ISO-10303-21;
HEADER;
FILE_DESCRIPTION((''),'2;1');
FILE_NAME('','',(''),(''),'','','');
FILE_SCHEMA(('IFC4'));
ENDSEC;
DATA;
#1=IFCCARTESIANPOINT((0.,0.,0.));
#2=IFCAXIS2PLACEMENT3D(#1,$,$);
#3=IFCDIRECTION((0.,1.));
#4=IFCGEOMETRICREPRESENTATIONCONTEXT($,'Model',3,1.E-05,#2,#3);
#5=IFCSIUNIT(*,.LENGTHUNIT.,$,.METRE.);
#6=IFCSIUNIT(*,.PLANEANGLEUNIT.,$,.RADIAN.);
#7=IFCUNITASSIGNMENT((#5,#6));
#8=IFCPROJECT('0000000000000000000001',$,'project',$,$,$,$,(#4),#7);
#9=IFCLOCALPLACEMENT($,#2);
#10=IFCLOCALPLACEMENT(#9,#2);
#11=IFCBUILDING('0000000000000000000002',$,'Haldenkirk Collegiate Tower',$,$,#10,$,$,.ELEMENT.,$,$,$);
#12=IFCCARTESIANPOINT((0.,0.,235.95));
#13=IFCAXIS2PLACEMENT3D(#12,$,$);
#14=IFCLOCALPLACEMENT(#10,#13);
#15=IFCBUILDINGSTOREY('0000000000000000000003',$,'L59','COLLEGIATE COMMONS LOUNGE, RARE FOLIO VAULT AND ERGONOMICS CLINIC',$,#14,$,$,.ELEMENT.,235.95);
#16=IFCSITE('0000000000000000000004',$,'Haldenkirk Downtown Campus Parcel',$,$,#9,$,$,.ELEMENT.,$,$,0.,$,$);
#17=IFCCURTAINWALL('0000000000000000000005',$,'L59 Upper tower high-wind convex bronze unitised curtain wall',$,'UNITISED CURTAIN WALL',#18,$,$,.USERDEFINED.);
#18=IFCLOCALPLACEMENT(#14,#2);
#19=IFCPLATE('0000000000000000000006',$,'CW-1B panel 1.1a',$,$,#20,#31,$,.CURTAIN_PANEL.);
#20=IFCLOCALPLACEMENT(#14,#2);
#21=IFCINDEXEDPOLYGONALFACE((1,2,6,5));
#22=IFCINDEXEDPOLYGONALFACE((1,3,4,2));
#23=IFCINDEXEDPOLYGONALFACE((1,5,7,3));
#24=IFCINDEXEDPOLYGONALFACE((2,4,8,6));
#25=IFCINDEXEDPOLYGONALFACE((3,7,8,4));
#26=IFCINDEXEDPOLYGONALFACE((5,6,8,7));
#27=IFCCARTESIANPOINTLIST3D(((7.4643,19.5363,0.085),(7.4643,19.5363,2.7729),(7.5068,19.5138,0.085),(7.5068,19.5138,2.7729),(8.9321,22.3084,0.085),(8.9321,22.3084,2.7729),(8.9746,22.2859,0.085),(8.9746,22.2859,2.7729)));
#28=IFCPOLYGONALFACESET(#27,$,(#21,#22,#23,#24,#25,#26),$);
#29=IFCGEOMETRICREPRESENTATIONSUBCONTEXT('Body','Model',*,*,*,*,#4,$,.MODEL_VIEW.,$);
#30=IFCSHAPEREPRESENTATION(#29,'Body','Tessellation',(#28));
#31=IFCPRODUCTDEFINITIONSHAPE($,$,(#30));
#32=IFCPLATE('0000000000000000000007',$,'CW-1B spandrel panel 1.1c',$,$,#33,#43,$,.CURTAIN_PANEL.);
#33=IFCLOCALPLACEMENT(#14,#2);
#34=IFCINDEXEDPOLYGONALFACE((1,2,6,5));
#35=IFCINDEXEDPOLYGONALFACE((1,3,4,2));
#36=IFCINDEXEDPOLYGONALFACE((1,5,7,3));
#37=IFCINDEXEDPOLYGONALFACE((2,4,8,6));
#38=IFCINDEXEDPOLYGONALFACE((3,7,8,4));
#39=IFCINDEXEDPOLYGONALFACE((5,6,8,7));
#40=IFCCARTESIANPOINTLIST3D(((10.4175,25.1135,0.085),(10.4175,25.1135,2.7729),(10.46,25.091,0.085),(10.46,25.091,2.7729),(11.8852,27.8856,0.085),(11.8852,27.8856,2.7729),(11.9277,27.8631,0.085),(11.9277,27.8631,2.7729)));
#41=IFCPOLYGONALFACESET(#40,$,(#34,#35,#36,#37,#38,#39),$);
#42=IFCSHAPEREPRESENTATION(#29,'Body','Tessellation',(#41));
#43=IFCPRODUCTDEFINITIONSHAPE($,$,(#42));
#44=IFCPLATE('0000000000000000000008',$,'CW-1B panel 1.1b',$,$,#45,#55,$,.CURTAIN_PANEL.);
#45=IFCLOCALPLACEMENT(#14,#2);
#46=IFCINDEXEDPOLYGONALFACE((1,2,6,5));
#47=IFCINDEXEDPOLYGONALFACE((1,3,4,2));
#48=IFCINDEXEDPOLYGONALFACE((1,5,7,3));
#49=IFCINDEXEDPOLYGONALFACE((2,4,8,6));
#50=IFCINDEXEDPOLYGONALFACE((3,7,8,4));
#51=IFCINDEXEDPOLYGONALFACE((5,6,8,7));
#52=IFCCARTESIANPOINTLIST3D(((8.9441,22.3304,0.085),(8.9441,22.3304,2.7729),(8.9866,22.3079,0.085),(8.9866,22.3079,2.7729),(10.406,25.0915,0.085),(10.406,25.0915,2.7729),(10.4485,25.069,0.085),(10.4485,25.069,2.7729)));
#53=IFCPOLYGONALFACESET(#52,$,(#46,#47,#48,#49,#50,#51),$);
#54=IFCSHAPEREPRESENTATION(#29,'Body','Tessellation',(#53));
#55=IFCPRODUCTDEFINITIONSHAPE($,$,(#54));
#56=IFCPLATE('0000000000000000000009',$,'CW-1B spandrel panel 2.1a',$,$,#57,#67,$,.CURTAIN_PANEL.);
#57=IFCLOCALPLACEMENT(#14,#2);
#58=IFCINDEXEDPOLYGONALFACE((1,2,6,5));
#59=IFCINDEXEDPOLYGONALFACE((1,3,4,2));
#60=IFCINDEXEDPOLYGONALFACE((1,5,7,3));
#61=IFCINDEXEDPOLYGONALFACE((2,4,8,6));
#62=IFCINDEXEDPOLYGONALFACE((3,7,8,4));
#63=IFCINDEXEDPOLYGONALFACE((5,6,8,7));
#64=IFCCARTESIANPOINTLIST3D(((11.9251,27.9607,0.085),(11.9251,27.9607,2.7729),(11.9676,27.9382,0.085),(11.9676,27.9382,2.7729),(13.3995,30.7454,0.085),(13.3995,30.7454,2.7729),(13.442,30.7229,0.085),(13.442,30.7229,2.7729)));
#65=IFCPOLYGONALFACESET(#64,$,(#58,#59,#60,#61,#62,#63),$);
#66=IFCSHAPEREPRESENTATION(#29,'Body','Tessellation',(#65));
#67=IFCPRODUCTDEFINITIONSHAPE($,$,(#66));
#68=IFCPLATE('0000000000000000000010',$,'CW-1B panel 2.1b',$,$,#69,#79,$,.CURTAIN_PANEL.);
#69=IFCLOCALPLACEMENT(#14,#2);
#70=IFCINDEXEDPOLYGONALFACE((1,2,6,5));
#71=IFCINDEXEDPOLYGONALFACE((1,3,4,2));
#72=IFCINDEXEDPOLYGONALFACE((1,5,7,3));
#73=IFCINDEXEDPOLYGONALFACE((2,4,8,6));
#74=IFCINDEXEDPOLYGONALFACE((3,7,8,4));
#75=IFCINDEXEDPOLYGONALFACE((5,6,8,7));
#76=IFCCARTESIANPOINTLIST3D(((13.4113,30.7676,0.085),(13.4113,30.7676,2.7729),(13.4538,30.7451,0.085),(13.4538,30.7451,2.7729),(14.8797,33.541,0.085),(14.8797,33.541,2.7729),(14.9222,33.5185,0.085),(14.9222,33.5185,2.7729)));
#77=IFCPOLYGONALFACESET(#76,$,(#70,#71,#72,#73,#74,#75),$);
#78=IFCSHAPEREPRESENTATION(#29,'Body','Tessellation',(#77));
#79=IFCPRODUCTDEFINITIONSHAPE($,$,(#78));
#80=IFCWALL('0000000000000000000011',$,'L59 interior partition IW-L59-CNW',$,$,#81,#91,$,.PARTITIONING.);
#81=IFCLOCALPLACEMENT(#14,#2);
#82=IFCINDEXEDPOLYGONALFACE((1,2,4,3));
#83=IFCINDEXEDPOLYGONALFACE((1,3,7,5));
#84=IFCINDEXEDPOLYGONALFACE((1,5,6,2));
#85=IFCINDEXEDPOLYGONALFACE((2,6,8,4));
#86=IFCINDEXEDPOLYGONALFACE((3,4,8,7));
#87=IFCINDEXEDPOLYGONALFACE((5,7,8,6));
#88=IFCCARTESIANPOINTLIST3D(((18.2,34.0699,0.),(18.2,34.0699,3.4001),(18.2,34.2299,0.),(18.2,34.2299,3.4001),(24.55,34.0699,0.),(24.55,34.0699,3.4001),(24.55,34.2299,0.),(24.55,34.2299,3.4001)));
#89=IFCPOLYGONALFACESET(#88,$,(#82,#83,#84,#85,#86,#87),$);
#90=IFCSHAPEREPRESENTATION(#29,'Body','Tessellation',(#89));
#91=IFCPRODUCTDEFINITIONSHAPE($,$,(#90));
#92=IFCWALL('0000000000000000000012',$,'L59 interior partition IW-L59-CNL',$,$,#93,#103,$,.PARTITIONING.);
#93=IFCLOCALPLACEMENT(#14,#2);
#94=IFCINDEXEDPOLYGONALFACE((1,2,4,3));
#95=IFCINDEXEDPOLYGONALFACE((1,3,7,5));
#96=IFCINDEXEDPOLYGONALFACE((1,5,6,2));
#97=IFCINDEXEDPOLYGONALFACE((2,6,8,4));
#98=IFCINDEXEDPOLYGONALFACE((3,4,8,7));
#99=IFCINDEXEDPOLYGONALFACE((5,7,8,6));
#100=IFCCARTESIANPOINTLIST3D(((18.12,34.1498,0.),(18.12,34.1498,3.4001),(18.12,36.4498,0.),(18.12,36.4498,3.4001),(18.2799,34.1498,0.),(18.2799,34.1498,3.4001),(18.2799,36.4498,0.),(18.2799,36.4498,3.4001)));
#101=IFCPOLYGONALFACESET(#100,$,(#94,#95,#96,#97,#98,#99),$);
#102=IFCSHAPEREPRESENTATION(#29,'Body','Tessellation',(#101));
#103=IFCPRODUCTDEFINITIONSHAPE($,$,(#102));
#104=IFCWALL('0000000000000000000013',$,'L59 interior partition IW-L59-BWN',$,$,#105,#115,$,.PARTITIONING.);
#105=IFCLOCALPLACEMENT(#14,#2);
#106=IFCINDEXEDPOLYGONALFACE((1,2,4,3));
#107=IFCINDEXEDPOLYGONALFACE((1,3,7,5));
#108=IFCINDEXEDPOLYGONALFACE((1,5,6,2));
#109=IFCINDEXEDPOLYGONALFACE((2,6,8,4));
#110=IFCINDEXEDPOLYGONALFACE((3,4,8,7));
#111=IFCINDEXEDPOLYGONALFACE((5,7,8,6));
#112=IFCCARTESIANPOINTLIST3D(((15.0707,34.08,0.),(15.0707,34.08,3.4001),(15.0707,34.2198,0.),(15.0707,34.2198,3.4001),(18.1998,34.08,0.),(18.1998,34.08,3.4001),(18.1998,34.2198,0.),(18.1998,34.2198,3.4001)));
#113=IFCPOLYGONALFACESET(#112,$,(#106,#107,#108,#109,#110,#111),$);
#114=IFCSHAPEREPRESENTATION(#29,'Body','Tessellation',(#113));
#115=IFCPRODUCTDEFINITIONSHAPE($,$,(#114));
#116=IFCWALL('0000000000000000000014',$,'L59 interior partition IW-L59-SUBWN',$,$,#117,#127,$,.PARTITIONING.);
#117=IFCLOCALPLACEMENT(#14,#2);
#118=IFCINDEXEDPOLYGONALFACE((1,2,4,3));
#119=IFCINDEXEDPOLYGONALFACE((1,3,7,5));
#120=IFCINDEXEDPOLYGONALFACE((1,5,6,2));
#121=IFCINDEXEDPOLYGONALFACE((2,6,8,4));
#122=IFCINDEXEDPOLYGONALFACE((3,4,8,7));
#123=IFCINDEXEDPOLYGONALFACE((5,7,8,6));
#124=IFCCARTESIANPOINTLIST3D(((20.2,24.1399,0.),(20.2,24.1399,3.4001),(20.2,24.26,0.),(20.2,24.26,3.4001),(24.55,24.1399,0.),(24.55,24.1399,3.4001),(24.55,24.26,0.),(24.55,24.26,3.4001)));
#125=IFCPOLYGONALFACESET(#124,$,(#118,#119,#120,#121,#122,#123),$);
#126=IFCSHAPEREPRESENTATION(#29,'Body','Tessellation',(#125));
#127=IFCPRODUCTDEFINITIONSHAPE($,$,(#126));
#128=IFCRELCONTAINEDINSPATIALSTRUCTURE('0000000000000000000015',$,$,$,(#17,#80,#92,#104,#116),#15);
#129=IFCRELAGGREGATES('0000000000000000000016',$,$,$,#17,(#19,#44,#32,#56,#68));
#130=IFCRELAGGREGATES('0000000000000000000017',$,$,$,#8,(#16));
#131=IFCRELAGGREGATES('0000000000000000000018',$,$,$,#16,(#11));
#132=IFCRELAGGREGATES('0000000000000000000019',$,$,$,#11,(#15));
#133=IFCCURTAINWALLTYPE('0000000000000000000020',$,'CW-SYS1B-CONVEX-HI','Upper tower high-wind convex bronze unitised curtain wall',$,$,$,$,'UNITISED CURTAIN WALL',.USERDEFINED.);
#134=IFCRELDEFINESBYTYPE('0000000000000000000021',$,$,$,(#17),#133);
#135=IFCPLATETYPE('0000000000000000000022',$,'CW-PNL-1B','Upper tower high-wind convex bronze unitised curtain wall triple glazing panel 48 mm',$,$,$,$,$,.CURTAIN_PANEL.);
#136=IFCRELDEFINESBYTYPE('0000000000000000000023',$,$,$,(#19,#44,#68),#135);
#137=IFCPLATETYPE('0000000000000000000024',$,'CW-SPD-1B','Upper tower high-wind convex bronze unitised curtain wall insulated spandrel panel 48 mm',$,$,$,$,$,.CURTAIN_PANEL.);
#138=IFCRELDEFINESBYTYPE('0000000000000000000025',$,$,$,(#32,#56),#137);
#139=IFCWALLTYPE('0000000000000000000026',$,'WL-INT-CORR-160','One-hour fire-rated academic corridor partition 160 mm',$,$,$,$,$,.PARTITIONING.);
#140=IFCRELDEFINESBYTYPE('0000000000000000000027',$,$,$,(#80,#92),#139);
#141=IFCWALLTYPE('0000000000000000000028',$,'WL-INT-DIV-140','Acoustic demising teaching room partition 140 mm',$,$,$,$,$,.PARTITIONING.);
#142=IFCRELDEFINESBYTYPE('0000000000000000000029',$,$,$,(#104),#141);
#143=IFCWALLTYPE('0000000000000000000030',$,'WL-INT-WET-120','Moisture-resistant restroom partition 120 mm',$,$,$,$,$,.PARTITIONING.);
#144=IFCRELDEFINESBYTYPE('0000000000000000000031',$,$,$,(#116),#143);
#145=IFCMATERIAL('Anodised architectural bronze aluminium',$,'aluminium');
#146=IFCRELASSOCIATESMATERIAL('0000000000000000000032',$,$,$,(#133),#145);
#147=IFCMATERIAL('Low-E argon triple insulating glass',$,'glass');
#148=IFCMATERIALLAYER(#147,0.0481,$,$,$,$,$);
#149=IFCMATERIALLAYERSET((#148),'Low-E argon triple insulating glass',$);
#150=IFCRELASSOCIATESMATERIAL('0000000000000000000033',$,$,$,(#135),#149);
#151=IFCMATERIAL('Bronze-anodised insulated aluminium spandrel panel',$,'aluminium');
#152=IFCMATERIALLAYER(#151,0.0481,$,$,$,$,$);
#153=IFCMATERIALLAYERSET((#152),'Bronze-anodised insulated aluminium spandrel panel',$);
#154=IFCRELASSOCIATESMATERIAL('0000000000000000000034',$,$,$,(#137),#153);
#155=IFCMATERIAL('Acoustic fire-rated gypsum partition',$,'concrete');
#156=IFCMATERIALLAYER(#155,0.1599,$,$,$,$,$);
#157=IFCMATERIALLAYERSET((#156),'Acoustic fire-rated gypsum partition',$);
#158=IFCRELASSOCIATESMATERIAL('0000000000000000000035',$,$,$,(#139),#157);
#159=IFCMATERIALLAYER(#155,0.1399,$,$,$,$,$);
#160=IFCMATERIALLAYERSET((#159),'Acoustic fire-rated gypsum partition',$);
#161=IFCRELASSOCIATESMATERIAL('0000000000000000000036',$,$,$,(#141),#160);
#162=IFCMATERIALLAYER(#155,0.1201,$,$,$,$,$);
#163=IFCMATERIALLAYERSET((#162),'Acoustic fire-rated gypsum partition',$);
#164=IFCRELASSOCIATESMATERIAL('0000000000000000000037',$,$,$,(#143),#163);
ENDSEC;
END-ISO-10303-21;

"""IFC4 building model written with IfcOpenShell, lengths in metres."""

from ifc_helpers import new_model, si_unit, direction, frame, frame_2d, origin, origin_2d, place, context, subcontext, project, spatial, rectangle, extrude, source, transform, mapped, material, layer, layer_set, type_object, element, aggregate, save


model = new_model("IFC4")

# Units and contexts
model_context = context("Model", 3, precision=1e-05, world=origin(), true_north=direction((0.0, 1.0)))
body_context = subcontext(model_context, "Body", "Model", "MODEL_VIEW")
ifc_project = project(units=[si_unit("LENGTHUNIT", "METRE"), si_unit("PLANEANGLEUNIT", "RADIAN")], contexts=[model_context])

# Site, building, storey
site_placement = place(None, origin())
site = spatial("IfcSite", under=ifc_project, at=site_placement, Name="Haldenkirk Downtown Campus Parcel", CompositionType="ELEMENT", RefElevation=0.0)
building_placement = place(site_placement, origin())
building = spatial("IfcBuilding", under=site, at=building_placement, Name="Haldenkirk Collegiate Tower", CompositionType="ELEMENT")
storey_placement = place(building_placement, frame((0.0, 0.0, 235.95)))
storey = spatial("IfcBuildingStorey", under=building, at=storey_placement, Name="L59", Description="COLLEGIATE COMMONS LOUNGE, RARE FOLIO VAULT AND ERGONOMICS CLINIC", CompositionType="ELEMENT", Elevation=235.95)

# Curtain wall
ifc_material_1 = material(Name="Anodised architectural bronze aluminium", Category="aluminium")
curtain_wall_type = type_object("IfcCurtainWallType", Name="CW-SYS1B-CONVEX-HI", Description="Upper tower high-wind convex bronze unitised curtain wall", ElementType="UNITISED CURTAIN WALL", PredefinedType="USERDEFINED", material=ifc_material_1)
curtain_wall_placement = place(storey_placement, origin())
curtain_wall = element("IfcCurtainWall", 1, at=curtain_wall_placement, inside=storey, type_object=curtain_wall_type, Name="L59 Upper tower high-wind convex bronze unitised curtain wall", ObjectType="UNITISED CURTAIN WALL", PredefinedType="USERDEFINED")

# Plates
ifc_material_2 = material(Name="Low-E argon triple insulating glass", Category="glass")
ifc_layer_1 = layer(ifc_material_2, 0.0481)
ifc_layer_set_1 = layer_set([ifc_layer_1], Name="Low-E argon triple insulating glass")
plate_type_1 = type_object("IfcPlateType", Name="CW-PNL-1B", Description="Upper tower high-wind convex bronze unitised curtain wall triple glazing panel 48 mm", PredefinedType="CURTAIN_PANEL", material=ifc_layer_set_1)
shared_shape_1 = source(origin(), body_context, "Body", "SweptSolid", [
    extrude(rectangle(XDim=3.1367, YDim=0.0481, at=origin_2d()), origin(), (0.0, 0.0, 1.0), 2.688),
])
plate_1_placement = place(storey_placement, frame((8.2195, 20.9111, 0.085), z_axis=(0.0, 0.0, 1.0), x_axis=(0.467932, 0.883765, 0.0)))
plate_1 = element("IfcPlate", 2, at=plate_1_placement, type_object=plate_type_1, Name="CW-1B panel 1.1a", PredefinedType="CURTAIN_PANEL", context=body_context, shape_type="MappedRepresentation", body=[
    mapped(shared_shape_1, transform((0.0, 0.0, 0.0), x_axis=(1.0, 0.0, 0.0), y_axis=(0.0, 1.0, 0.0), z_axis=(0.0, 0.0, 1.0), scale=1.0)),
])
ifc_material_3 = material(Name="Bronze-anodised insulated aluminium spandrel panel", Category="aluminium")
ifc_layer_2 = layer(ifc_material_3, 0.0481)
ifc_layer_set_2 = layer_set([ifc_layer_2], Name="Bronze-anodised insulated aluminium spandrel panel")
plate_type_2 = type_object("IfcPlateType", Name="CW-SPD-1B", Description="Upper tower high-wind convex bronze unitised curtain wall insulated spandrel panel 48 mm", PredefinedType="CURTAIN_PANEL", material=ifc_layer_set_2)
plate_2_placement = place(storey_placement, frame((11.1726, 26.4883, 0.085), z_axis=(0.0, 0.0, 1.0), x_axis=(0.467932, 0.883765, 0.0)))
plate_2 = element("IfcPlate", 3, at=plate_2_placement, type_object=plate_type_2, Name="CW-1B spandrel panel 1.1c", PredefinedType="CURTAIN_PANEL", context=body_context, shape_type="MappedRepresentation", body=[
    mapped(shared_shape_1, transform((0.0, 0.0, 0.0), x_axis=(1.0, 0.0, 0.0), y_axis=(0.0, 1.0, 0.0), z_axis=(0.0, 0.0, 1.0), scale=1.0)),
])
shared_shape_2 = source(origin(), body_context, "Body", "SweptSolid", [
    extrude(rectangle(XDim=3.1243, YDim=0.0481, at=origin_2d()), origin(), (0.0, 0.0, 1.0), 2.688),
])
plate_3_placement = place(storey_placement, frame((9.6963, 23.6997, 0.085), z_axis=(0.0, 0.0, 1.0), x_axis=(0.467932, 0.883765, 0.0)))
plate_3 = element("IfcPlate", 4, at=plate_3_placement, type_object=plate_type_1, Name="CW-1B panel 1.1b", PredefinedType="CURTAIN_PANEL", context=body_context, shape_type="MappedRepresentation", body=[
    mapped(shared_shape_2, transform((0.0, 0.0, 0.0), x_axis=(1.0, 0.0, 0.0), y_axis=(0.0, 1.0, 0.0), z_axis=(0.0, 0.0, 1.0), scale=1.0)),
])
shared_shape_3 = source(origin(), body_context, "Body", "SweptSolid", [
    extrude(rectangle(XDim=3.1509, YDim=0.0481, at=origin_2d()), origin(), (0.0, 0.0, 1.0), 2.688),
])
plate_4_placement = place(storey_placement, frame((12.6836, 29.3418, 0.085), z_axis=(0.0, 0.0, 1.0), x_axis=(0.467932, 0.883765, 0.0)))
plate_4 = element("IfcPlate", 5, at=plate_4_placement, type_object=plate_type_2, Name="CW-1B spandrel panel 2.1a", PredefinedType="CURTAIN_PANEL", context=body_context, shape_type="MappedRepresentation", body=[
    mapped(shared_shape_3, transform((0.0, 0.0, 0.0), x_axis=(1.0, 0.0, 0.0), y_axis=(0.0, 1.0, 0.0), z_axis=(0.0, 0.0, 1.0), scale=1.0)),
])
shared_shape_4 = source(origin(), body_context, "Body", "SweptSolid", [
    extrude(rectangle(XDim=3.1382, YDim=0.0481, at=origin_2d()), origin(), (0.0, 0.0, 1.0), 2.688),
])
plate_5_placement = place(storey_placement, frame((14.1667, 32.1431, 0.085), z_axis=(0.0, 0.0, 1.0), x_axis=(0.467932, 0.883765, 0.0)))
plate_5 = element("IfcPlate", 6, at=plate_5_placement, type_object=plate_type_1, Name="CW-1B panel 2.1b", PredefinedType="CURTAIN_PANEL", context=body_context, shape_type="MappedRepresentation", body=[
    mapped(shared_shape_4, transform((0.0, 0.0, 0.0), x_axis=(1.0, 0.0, 0.0), y_axis=(0.0, 1.0, 0.0), z_axis=(0.0, 0.0, 1.0), scale=1.0)),
])
aggregate(curtain_wall, [plate_1, plate_3, plate_2, plate_4, plate_5])

# Walls
ifc_material_4 = material(Name="Acoustic fire-rated gypsum partition", Category="concrete")
ifc_layer_3 = layer(ifc_material_4, 0.1599)
ifc_layer_set_3 = layer_set([ifc_layer_3], Name="Acoustic fire-rated gypsum partition")
wall_type_1 = type_object("IfcWallType", Name="WL-INT-CORR-160", Description="One-hour fire-rated academic corridor partition 160 mm", PredefinedType="PARTITIONING", material=ifc_layer_set_3)
wall_1_placement = place(storey_placement, frame((18.2, 34.1499, 0.0), z_axis=(0.0, 0.0, 1.0), x_axis=(1.0, 0.0, 0.0)))
element("IfcWall", 7, at=wall_1_placement, inside=storey, type_object=wall_type_1, Name="L59 interior partition IW-L59-CNW", PredefinedType="PARTITIONING", context=body_context, shape_type="SweptSolid", body=[
    extrude(rectangle(XDim=6.3501, YDim=0.1599, at=frame_2d((3.175, 0.0))), origin(), (0.0, 0.0, 1.0), 3.4001),
])
wall_2_placement = place(storey_placement, frame((18.2, 34.1499, 0.0), z_axis=(0.0, 0.0, 1.0), x_axis=(0.0, 1.0, 0.0)))
element("IfcWall", 8, at=wall_2_placement, inside=storey, type_object=wall_type_1, Name="L59 interior partition IW-L59-CNL", PredefinedType="PARTITIONING", context=body_context, shape_type="SweptSolid", body=[
    extrude(rectangle(XDim=2.3, YDim=0.1599, at=frame_2d((1.1499, 0.0))), origin(), (0.0, 0.0, 1.0), 3.4001),
])
ifc_layer_4 = layer(ifc_material_4, 0.1399)
ifc_layer_set_4 = layer_set([ifc_layer_4], Name="Acoustic fire-rated gypsum partition")
wall_type_2 = type_object("IfcWallType", Name="WL-INT-DIV-140", Description="Acoustic demising teaching room partition 140 mm", PredefinedType="PARTITIONING", material=ifc_layer_set_4)
wall_3_placement = place(storey_placement, frame((15.0708, 34.1499, 0.0), z_axis=(0.0, 0.0, 1.0), x_axis=(1.0, 0.0, 0.0)))
element("IfcWall", 9, at=wall_3_placement, inside=storey, type_object=wall_type_2, Name="L59 interior partition IW-L59-BWN", PredefinedType="PARTITIONING", context=body_context, shape_type="SweptSolid", body=[
    extrude(rectangle(XDim=3.1292, YDim=0.1399, at=frame_2d((1.5645, 0.0))), origin(), (0.0, 0.0, 1.0), 3.4001),
])
ifc_layer_5 = layer(ifc_material_4, 0.1201)
ifc_layer_set_5 = layer_set([ifc_layer_5], Name="Acoustic fire-rated gypsum partition")
wall_type_3 = type_object("IfcWallType", Name="WL-INT-WET-120", Description="Moisture-resistant restroom partition 120 mm", PredefinedType="PARTITIONING", material=ifc_layer_set_5)
wall_4_placement = place(storey_placement, frame((20.2, 24.2, 0.0), z_axis=(0.0, 0.0, 1.0), x_axis=(1.0, 0.0, 0.0)))
element("IfcWall", 10, at=wall_4_placement, inside=storey, type_object=wall_type_3, Name="L59 interior partition IW-L59-SUBWN", PredefinedType="PARTITIONING", context=body_context, shape_type="SweptSolid", body=[
    extrude(rectangle(XDim=4.3501, YDim=0.1201, at=frame_2d((2.175, 0.0))), origin(), (0.0, 0.0, 1.0), 3.4001),
])

save(model, "model.ifc")
